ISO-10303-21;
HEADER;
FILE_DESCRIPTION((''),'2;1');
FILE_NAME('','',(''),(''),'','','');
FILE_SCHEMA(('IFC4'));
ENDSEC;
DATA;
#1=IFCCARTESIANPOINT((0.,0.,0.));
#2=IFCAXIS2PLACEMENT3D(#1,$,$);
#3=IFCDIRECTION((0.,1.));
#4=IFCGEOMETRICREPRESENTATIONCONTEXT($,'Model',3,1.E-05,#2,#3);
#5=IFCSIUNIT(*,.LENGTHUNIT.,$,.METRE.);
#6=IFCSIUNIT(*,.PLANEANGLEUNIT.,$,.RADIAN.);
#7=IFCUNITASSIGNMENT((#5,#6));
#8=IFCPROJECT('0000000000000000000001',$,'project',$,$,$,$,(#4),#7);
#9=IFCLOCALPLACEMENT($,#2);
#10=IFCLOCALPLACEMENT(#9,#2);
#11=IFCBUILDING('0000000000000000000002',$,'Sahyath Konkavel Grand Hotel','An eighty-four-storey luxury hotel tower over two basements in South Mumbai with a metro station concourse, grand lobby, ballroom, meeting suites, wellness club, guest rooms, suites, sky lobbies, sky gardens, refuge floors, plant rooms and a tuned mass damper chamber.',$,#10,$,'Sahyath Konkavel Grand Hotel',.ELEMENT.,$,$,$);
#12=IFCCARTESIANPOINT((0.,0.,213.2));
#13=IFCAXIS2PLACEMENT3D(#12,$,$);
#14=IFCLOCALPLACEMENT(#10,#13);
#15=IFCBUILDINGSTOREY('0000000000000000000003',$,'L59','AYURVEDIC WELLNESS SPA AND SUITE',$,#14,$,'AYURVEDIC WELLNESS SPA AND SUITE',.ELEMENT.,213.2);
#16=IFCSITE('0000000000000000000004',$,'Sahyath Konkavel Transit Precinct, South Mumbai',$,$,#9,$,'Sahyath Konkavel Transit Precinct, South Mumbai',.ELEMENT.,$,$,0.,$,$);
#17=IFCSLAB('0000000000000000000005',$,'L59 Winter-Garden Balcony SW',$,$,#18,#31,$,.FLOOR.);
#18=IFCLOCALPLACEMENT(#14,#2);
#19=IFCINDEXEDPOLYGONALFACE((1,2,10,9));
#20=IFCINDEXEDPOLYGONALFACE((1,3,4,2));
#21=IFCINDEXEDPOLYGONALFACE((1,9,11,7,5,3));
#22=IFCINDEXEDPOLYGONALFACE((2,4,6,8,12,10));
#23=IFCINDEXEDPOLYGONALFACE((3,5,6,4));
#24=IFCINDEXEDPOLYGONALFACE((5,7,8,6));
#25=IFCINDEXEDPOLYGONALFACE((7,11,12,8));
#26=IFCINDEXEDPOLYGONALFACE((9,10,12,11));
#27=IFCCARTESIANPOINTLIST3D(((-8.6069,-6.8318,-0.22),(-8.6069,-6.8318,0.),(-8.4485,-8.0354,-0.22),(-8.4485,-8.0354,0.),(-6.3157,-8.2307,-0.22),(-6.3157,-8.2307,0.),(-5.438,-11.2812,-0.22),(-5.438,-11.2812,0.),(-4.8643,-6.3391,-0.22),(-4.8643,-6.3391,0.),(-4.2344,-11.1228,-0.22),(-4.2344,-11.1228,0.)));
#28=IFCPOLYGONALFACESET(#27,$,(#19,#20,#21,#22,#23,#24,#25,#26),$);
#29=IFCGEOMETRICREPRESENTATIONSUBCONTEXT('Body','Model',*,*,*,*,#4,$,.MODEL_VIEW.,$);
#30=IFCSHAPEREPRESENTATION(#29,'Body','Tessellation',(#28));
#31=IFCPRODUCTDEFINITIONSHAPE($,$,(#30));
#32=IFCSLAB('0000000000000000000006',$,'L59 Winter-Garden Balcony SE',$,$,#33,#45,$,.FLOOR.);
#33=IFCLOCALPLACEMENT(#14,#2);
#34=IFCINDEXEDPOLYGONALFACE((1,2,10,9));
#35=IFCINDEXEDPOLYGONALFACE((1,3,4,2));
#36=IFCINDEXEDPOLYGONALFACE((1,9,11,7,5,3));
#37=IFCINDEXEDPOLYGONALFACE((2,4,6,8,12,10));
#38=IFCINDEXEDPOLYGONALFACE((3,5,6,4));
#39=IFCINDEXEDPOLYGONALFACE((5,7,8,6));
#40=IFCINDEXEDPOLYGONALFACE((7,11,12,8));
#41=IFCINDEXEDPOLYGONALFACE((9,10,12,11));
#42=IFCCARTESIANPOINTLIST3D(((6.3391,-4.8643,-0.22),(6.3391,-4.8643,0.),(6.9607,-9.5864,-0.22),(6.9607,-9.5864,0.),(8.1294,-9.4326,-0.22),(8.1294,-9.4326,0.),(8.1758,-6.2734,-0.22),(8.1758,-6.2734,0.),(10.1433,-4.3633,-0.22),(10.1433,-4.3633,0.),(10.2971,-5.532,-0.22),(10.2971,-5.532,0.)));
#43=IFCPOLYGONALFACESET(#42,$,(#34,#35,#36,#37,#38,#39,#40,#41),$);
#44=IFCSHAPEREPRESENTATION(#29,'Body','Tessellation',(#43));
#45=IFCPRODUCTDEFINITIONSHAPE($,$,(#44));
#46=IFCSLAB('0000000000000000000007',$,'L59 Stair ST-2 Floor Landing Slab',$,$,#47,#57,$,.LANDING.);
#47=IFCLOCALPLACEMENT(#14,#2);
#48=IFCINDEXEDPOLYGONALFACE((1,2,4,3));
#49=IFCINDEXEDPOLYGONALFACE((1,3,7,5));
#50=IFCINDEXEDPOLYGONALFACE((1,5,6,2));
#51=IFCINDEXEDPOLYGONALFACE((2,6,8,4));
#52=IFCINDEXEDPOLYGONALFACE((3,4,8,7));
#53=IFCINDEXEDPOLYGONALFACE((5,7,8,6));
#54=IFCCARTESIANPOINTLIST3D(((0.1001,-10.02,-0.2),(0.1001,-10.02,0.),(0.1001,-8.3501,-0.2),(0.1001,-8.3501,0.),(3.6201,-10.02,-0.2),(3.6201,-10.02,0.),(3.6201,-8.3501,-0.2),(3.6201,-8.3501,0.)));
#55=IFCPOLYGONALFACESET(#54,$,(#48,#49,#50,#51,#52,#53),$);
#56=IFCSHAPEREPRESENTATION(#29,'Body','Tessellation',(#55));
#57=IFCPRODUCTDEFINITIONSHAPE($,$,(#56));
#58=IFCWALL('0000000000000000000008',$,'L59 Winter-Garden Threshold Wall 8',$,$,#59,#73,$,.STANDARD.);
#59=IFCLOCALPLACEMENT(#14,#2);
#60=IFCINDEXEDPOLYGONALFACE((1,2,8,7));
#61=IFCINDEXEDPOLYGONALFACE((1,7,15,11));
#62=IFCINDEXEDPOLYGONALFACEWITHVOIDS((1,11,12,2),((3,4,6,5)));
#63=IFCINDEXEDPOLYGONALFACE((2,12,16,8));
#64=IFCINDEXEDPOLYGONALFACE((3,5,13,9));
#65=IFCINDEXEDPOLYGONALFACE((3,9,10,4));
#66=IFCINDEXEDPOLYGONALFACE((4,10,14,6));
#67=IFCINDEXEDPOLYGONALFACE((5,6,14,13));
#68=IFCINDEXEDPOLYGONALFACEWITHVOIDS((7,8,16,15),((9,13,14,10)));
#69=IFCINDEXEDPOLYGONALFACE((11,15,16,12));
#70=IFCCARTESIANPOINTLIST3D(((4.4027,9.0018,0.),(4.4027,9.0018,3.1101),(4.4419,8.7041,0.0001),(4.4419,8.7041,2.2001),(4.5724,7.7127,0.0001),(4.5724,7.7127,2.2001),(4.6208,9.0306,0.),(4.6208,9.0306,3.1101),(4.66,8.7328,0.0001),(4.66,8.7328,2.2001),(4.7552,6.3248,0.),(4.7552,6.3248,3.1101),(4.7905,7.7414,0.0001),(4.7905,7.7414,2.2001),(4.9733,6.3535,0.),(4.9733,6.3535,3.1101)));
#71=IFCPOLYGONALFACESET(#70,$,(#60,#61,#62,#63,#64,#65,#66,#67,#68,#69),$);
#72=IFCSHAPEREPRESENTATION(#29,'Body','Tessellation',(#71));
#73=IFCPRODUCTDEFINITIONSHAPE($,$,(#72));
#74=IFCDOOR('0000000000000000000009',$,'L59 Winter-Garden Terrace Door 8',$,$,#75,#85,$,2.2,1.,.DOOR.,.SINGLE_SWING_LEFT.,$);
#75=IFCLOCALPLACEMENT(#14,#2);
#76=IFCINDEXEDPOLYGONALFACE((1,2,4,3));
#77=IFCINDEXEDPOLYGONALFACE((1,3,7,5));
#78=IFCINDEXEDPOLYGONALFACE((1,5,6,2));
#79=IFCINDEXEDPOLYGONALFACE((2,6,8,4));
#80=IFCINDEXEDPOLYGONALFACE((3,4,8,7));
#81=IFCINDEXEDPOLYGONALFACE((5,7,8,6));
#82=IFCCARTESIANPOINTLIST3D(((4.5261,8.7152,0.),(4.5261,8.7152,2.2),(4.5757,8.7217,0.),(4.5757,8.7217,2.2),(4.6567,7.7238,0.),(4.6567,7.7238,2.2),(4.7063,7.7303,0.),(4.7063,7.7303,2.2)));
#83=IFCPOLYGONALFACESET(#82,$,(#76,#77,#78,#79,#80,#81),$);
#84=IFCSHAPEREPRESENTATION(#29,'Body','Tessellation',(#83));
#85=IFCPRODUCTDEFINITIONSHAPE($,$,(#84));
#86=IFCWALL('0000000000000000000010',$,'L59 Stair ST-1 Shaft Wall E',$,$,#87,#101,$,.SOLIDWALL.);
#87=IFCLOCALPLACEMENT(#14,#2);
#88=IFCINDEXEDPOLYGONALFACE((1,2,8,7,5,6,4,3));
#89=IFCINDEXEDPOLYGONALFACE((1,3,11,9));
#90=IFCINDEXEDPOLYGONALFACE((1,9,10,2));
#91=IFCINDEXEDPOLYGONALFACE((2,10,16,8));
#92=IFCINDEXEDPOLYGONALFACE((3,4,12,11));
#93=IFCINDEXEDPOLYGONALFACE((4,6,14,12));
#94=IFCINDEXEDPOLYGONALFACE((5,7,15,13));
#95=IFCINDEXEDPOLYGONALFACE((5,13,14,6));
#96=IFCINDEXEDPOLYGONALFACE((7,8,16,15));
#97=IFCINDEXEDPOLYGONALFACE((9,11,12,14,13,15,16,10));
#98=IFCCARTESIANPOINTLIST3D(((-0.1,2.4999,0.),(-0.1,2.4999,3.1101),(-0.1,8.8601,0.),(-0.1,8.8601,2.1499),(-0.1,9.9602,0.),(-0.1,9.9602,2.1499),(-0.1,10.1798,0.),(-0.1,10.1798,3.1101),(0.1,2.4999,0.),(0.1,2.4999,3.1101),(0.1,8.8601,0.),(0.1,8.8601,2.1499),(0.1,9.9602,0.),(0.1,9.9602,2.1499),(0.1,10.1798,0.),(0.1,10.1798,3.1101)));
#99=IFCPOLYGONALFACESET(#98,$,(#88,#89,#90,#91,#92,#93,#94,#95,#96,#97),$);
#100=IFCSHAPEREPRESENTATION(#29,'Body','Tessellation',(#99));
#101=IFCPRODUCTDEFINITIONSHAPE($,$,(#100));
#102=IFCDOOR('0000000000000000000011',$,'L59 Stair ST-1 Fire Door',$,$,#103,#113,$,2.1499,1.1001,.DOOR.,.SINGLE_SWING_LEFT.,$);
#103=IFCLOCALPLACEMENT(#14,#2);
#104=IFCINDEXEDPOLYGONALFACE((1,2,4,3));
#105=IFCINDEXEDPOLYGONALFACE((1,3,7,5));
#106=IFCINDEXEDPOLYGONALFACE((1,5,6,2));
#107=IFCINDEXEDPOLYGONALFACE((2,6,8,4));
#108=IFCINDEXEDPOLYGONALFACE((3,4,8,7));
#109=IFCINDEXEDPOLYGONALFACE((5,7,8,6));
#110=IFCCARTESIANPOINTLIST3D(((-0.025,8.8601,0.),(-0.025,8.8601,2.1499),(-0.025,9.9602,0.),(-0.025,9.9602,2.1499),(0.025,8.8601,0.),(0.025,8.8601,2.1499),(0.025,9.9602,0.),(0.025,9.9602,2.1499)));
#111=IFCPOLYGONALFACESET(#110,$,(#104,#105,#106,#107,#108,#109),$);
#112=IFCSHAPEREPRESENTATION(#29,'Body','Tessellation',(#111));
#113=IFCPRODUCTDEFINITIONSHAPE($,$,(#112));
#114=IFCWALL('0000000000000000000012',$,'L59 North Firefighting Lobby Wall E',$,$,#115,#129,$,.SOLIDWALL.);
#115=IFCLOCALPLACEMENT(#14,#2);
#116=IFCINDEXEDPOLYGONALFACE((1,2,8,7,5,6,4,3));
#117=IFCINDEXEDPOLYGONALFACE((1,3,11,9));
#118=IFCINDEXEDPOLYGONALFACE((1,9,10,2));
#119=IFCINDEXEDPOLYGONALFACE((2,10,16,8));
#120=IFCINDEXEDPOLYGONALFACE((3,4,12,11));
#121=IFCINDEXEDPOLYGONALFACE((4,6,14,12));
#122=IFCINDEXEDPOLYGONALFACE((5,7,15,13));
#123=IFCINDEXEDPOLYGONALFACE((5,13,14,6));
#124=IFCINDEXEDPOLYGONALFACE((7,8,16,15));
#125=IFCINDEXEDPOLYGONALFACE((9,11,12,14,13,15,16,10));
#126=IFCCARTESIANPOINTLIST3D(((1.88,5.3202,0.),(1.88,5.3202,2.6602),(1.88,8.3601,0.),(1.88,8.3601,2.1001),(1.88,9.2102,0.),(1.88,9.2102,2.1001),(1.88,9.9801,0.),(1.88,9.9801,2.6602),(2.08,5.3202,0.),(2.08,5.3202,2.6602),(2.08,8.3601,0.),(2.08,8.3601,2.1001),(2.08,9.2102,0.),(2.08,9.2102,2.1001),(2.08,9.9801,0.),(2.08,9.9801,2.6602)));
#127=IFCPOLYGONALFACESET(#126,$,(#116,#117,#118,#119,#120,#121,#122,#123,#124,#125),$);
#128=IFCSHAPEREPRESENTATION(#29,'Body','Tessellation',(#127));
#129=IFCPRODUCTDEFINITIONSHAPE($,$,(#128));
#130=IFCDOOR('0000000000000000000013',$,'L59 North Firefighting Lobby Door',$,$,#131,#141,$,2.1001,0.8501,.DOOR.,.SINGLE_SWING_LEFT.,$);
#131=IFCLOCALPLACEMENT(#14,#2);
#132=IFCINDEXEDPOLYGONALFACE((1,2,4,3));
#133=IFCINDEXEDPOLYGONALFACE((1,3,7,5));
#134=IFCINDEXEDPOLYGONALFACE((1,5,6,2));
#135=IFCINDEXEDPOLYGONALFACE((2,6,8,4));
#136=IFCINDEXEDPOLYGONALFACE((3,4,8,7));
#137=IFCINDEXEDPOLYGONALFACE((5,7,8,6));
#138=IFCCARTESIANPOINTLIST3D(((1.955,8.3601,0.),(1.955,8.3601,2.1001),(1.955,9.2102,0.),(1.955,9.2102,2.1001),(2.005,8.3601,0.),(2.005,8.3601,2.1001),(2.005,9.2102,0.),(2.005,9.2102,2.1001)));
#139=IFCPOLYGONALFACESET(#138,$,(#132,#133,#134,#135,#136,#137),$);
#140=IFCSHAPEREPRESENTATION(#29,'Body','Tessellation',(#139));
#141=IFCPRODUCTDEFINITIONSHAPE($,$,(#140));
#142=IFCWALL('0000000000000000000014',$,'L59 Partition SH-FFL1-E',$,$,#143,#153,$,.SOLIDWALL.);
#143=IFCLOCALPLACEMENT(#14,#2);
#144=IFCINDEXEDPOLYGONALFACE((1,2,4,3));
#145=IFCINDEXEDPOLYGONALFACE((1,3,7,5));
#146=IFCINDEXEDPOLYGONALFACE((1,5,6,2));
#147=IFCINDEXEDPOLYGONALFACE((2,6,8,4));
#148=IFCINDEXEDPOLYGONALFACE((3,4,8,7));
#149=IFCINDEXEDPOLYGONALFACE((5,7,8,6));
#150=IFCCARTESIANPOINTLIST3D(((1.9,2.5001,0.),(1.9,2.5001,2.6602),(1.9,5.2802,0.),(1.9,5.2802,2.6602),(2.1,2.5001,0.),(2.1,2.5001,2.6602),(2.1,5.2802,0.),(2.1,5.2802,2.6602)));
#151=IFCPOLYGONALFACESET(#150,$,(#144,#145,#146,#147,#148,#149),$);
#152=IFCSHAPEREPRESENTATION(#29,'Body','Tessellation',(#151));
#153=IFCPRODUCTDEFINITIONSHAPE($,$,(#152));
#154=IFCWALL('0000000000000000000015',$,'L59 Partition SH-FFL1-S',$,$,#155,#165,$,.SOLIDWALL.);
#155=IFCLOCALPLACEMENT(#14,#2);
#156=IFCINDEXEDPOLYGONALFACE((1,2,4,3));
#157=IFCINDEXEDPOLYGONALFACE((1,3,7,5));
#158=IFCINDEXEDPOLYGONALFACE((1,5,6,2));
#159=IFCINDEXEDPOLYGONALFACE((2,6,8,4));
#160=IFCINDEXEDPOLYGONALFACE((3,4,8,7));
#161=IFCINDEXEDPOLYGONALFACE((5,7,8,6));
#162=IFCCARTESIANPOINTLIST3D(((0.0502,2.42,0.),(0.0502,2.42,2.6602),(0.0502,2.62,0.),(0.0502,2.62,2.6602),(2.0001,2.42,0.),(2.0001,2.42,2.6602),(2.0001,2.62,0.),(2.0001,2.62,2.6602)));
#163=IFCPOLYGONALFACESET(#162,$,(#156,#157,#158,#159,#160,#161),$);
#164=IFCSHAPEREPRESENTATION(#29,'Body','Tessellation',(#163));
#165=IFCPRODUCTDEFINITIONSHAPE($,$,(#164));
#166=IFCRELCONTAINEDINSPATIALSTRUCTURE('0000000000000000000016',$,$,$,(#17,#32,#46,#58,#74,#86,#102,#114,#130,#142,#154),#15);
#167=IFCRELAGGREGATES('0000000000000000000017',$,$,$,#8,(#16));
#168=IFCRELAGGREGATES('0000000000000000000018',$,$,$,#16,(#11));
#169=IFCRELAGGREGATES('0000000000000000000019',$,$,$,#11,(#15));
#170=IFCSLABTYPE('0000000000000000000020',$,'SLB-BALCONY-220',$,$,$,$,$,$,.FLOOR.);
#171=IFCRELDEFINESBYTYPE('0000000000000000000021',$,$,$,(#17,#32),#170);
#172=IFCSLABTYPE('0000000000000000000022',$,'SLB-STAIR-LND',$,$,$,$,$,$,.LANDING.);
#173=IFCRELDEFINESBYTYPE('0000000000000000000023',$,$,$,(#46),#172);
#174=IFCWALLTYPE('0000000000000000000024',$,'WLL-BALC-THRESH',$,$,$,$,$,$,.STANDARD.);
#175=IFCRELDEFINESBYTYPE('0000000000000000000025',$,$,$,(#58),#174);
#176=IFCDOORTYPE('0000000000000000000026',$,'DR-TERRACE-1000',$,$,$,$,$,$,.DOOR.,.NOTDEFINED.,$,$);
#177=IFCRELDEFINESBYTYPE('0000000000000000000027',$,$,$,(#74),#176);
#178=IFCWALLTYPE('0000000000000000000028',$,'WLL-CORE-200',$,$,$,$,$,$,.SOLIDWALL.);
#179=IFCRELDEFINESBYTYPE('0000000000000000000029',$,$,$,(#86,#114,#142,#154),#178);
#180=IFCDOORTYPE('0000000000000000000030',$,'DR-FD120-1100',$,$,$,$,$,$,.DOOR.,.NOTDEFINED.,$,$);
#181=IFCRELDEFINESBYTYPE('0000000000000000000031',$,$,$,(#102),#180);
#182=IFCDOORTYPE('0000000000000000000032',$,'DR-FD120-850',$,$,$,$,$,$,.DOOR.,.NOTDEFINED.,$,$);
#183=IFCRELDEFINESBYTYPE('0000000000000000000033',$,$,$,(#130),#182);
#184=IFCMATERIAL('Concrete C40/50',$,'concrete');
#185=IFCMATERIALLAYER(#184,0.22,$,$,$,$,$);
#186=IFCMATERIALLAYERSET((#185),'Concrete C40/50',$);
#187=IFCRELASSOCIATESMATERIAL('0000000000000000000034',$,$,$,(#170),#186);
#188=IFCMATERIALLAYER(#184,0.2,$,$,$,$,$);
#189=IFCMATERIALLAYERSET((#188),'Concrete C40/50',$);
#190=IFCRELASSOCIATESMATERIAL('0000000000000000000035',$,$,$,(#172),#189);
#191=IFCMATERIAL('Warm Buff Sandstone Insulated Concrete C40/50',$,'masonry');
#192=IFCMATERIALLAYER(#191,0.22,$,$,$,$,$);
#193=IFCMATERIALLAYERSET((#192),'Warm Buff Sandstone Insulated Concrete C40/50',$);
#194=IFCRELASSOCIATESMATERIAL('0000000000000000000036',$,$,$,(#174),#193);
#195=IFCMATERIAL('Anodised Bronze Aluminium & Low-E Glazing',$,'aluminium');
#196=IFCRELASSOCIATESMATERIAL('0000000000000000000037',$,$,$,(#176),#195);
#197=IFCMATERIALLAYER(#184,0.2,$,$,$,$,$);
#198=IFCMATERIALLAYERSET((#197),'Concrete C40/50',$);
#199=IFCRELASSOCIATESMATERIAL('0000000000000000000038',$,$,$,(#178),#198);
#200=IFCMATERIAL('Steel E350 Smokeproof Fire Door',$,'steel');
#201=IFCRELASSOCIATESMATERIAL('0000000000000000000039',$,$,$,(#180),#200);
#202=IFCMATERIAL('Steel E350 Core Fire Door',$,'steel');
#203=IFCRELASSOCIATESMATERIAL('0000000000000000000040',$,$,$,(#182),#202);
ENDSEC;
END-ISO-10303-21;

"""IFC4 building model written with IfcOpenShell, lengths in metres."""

from ifc_helpers import new_model, si_unit, direction, frame, frame_2d, origin, origin_2d, place, context, subcontext, project, spatial, polyline, rectangle, outline, extrude, source, transform, mapped, material, layer, layer_set, type_object, element, fill, save


model = new_model("IFC4")

# Units and contexts
model_context = context("Model", 3, precision=1e-05, world=origin(), true_north=direction((0.0, 1.0)))
body_context = subcontext(model_context, "Body", "Model", "MODEL_VIEW")
ifc_project = project(units=[si_unit("LENGTHUNIT", "METRE"), si_unit("PLANEANGLEUNIT", "RADIAN")], contexts=[model_context])

# Site, building, storey
site_placement = place(None, origin())
site = spatial("IfcSite", under=ifc_project, at=site_placement, Name="Sahyath Konkavel Transit Precinct, South Mumbai", LongName="Sahyath Konkavel Transit Precinct, South Mumbai", CompositionType="ELEMENT", RefElevation=0.0)
building_placement = place(site_placement, origin())
building = spatial("IfcBuilding", under=site, at=building_placement, Name="Sahyath Konkavel Grand Hotel", Description="An eighty-four-storey luxury hotel tower over two basements in South Mumbai with a metro station concourse, grand lobby, ballroom, meeting suites, wellness club, guest rooms, suites, sky lobbies, sky gardens, refuge floors, plant rooms and a tuned mass damper chamber.", LongName="Sahyath Konkavel Grand Hotel", CompositionType="ELEMENT")
storey_placement = place(building_placement, frame((0.0, 0.0, 213.2)))
storey = spatial("IfcBuildingStorey", under=building, at=storey_placement, Name="L59", Description="AYURVEDIC WELLNESS SPA AND SUITE", LongName="AYURVEDIC WELLNESS SPA AND SUITE", CompositionType="ELEMENT", Elevation=213.2)

# Shared definitions
ifc_material_1 = material(Name="Concrete C40/50", Category="concrete")

# Shared definitions
ifc_material_2 = material(Name="Anodised Bronze Aluminium & Low-E Glazing", Category="aluminium")

# Slabs
ifc_layer_1 = layer(ifc_material_1, 0.22)
ifc_layer_set_1 = layer_set([ifc_layer_1], Name="Concrete C40/50")
slab_type_1 = type_object("IfcSlabType", Name="SLB-BALCONY-220", PredefinedType="FLOOR", material=ifc_layer_set_1)
slab_1_placement = place(storey_placement, frame((0.0, 0.0, -0.22)))
element("IfcSlab", 1, at=slab_1_placement, inside=storey, type_object=slab_type_1, Name="L59 Winter-Garden Balcony SW", PredefinedType="FLOOR", context=body_context, shape_type="SweptSolid", body=[
    extrude(outline(polyline([(-4.8643, -6.3391), (-8.6069, -6.8318), (-8.4485, -8.0354), (-6.3157, -8.2307), (-5.438, -11.2812), (-4.2344, -11.1228), (-4.8643, -6.3391)])), origin(), (0.0, 0.0, 1.0), 0.22),
])
slab_2_placement = place(storey_placement, frame((0.0, 0.0, -0.22)))
element("IfcSlab", 2, at=slab_2_placement, inside=storey, type_object=slab_type_1, Name="L59 Winter-Garden Balcony SE", PredefinedType="FLOOR", context=body_context, shape_type="SweptSolid", body=[
    extrude(outline(polyline([(6.3391, -4.8643), (6.9607, -9.5864), (8.1294, -9.4326), (8.1758, -6.2734), (10.2971, -5.532), (10.1433, -4.3633), (6.3391, -4.8643)])), origin(), (0.0, 0.0, 1.0), 0.22),
])
ifc_layer_2 = layer(ifc_material_1, 0.2)
ifc_layer_set_2 = layer_set([ifc_layer_2], Name="Concrete C40/50")
slab_type_2 = type_object("IfcSlabType", Name="SLB-STAIR-LND", PredefinedType="LANDING", material=ifc_layer_set_2)
slab_3_placement = place(storey_placement, frame((0.0, 0.0, -0.2)))
element("IfcSlab", 3, at=slab_3_placement, inside=storey, type_object=slab_type_2, Name="L59 Stair ST-2 Floor Landing Slab", PredefinedType="LANDING", context=body_context, shape_type="SweptSolid", body=[
    extrude(outline(polyline([(0.1001, -10.02), (3.6201, -10.02), (3.6201, -8.3501), (0.1001, -8.3501), (0.1001, -10.02)])), origin(), (0.0, 0.0, 1.0), 0.2),
])

# Walls, openings, doors
ifc_material_3 = material(Name="Warm Buff Sandstone Insulated Concrete C40/50", Category="masonry")
ifc_layer_3 = layer(ifc_material_3, 0.22)
ifc_layer_set_3 = layer_set([ifc_layer_3], Name="Warm Buff Sandstone Insulated Concrete C40/50")
wall_type_1 = type_object("IfcWallType", Name="WLL-BALC-THRESH", PredefinedType="STANDARD", material=ifc_layer_set_3)
wall_1_placement = place(storey_placement, frame((4.8643, 6.3391, 0.0), z_axis=(0.0, 0.0, 1.0), x_axis=(-0.130564, 0.99144, 0.0)))
wall_1 = element("IfcWall", 4, at=wall_1_placement, inside=storey, type_object=wall_type_1, Name="L59 Winter-Garden Threshold Wall 8", PredefinedType="STANDARD", context=body_context, shape_type="SweptSolid", body=[
    extrude(rectangle(XDim=2.7002, YDim=0.22, at=frame_2d((1.3501, 0.0))), origin(), (0.0, 0.0, 1.0), 3.1101),
])
opening_1_placement = place(wall_1_placement, frame((1.3999, 0.0, 0.0)))
opening_1 = element("IfcOpeningElement", 5, at=opening_1_placement, cuts=wall_1, PredefinedType="OPENING", context=body_context, shape_type="SweptSolid", body=[
    extrude(rectangle(XDim=1.0, YDim=2.2, at=frame_2d((0.5, 1.1001))), frame((0.0, 0.1201, 0.0), z_axis=(0.0, -1.0, 0.0), x_axis=(1.0, 0.0, 0.0)), (0.0, 0.0, 1.0), 0.24),
])
door_type_1 = type_object("IfcDoorType", Name="DR-TERRACE-1000", OperationType="NOTDEFINED", PredefinedType="DOOR", material=ifc_material_2)
shared_shape_1 = source(origin(), body_context, "Body", "SweptSolid", [
    extrude(rectangle(XDim=1.0, YDim=0.05, at=origin_2d()), origin(), (0.0, 0.0, 1.0), 2.2),
])
door_1_placement = place(opening_1_placement, frame((0.5, 0.0, 0.0)))
door_1 = element("IfcDoor", 6, at=door_1_placement, inside=storey, type_object=door_type_1, Name="L59 Winter-Garden Terrace Door 8", OperationType="SINGLE_SWING_LEFT", OverallHeight=2.2, OverallWidth=1.0, PredefinedType="DOOR", context=body_context, shape_type="MappedRepresentation", body=[
    mapped(shared_shape_1, transform((0.0, 0.0, 0.0), scale=1.0)),
])
fill(opening_1, door_1)
ifc_layer_4 = layer(ifc_material_1, 0.2)
ifc_layer_set_4 = layer_set([ifc_layer_4], Name="Concrete C40/50")
wall_type_2 = type_object("IfcWallType", Name="WLL-CORE-200", PredefinedType="SOLIDWALL", material=ifc_layer_set_4)
wall_2_placement = place(storey_placement, frame((0.0, 2.5, 0.0), z_axis=(0.0, 0.0, 1.0), x_axis=(0.0, 1.0, 0.0)))
wall_2 = element("IfcWall", 7, at=wall_2_placement, inside=storey, type_object=wall_type_2, Name="L59 Stair ST-1 Shaft Wall E", PredefinedType="SOLIDWALL", context=body_context, shape_type="SweptSolid", body=[
    extrude(rectangle(XDim=7.6799, YDim=0.2, at=frame_2d((3.8398, 0.0))), origin(), (0.0, 0.0, 1.0), 3.1101),
])
opening_2_placement = place(wall_2_placement, frame((6.3601, 0.0, 0.0)))
opening_2 = element("IfcOpeningElement", 8, at=opening_2_placement, cuts=wall_2, PredefinedType="OPENING", context=body_context, shape_type="SweptSolid", body=[
    extrude(rectangle(XDim=1.1001, YDim=2.1499, at=frame_2d((0.55, 1.075))), frame((0.0, 0.1099, 0.0), z_axis=(0.0, -1.0, 0.0), x_axis=(1.0, 0.0, 0.0)), (0.0, 0.0, 1.0), 0.22),
])
ifc_material_4 = material(Name="Steel E350 Smokeproof Fire Door", Category="steel")
door_type_2 = type_object("IfcDoorType", Name="DR-FD120-1100", OperationType="NOTDEFINED", PredefinedType="DOOR", material=ifc_material_4)
shared_shape_2 = source(origin(), body_context, "Body", "SweptSolid", [
    extrude(rectangle(XDim=1.1001, YDim=0.05, at=origin_2d()), origin(), (0.0, 0.0, 1.0), 2.1499),
])
door_2_placement = place(opening_2_placement, frame((0.55, 0.0, 0.0)))
door_2 = element("IfcDoor", 9, at=door_2_placement, inside=storey, type_object=door_type_2, Name="L59 Stair ST-1 Fire Door", OperationType="SINGLE_SWING_LEFT", OverallHeight=2.1499, OverallWidth=1.1001, PredefinedType="DOOR", context=body_context, shape_type="MappedRepresentation", body=[
    mapped(shared_shape_2, transform((0.0, 0.0, 0.0), scale=1.0)),
])
fill(opening_2, door_2)
wall_3_placement = place(storey_placement, frame((1.98, 5.3201, 0.0), z_axis=(0.0, 0.0, 1.0), x_axis=(0.0, 1.0, 0.0)))
wall_3 = element("IfcWall", 10, at=wall_3_placement, inside=storey, type_object=wall_type_2, Name="L59 North Firefighting Lobby Wall E", PredefinedType="SOLIDWALL", context=body_context, shape_type="SweptSolid", body=[
    extrude(rectangle(XDim=4.6599, YDim=0.2, at=frame_2d((2.3301, 0.0))), origin(), (0.0, 0.0, 1.0), 2.6602),
])
opening_3_placement = place(wall_3_placement, frame((3.04, 0.0, 0.0)))
opening_3 = element("IfcOpeningElement", 11, at=opening_3_placement, cuts=wall_3, PredefinedType="OPENING", context=body_context, shape_type="SweptSolid", body=[
    extrude(rectangle(XDim=0.8501, YDim=2.1001, at=frame_2d((0.425, 1.05))), frame((0.0, 0.1099, 0.0), z_axis=(0.0, -1.0, 0.0), x_axis=(1.0, 0.0, 0.0)), (0.0, 0.0, 1.0), 0.22),
])
ifc_material_5 = material(Name="Steel E350 Core Fire Door", Category="steel")
door_type_3 = type_object("IfcDoorType", Name="DR-FD120-850", OperationType="NOTDEFINED", PredefinedType="DOOR", material=ifc_material_5)
shared_shape_3 = source(origin(), body_context, "Body", "SweptSolid", [
    extrude(rectangle(XDim=0.8501, YDim=0.05, at=origin_2d()), origin(), (0.0, 0.0, 1.0), 2.1001),
])
door_3_placement = place(opening_3_placement, frame((0.425, 0.0, 0.0)))
door_3 = element("IfcDoor", 12, at=door_3_placement, inside=storey, type_object=door_type_3, Name="L59 North Firefighting Lobby Door", OperationType="SINGLE_SWING_LEFT", OverallHeight=2.1001, OverallWidth=0.8501, PredefinedType="DOOR", context=body_context, shape_type="MappedRepresentation", body=[
    mapped(shared_shape_3, transform((0.0, 0.0, 0.0), scale=1.0)),
])
fill(opening_3, door_3)

# Walls
wall_4_placement = place(storey_placement, frame((2.0, 2.5, 0.0), z_axis=(0.0, 0.0, 1.0), x_axis=(0.0, 1.0, 0.0)))
element("IfcWall", 13, at=wall_4_placement, inside=storey, type_object=wall_type_2, Name="L59 Partition SH-FFL1-E", PredefinedType="SOLIDWALL", context=body_context, shape_type="SweptSolid", body=[
    extrude(rectangle(XDim=2.78, YDim=0.2, at=frame_2d((1.3901, 0.0))), origin(), (0.0, 0.0, 1.0), 2.6602),
])
wall_5_placement = place(storey_placement, frame((0.05, 2.52, 0.0), z_axis=(0.0, 0.0, 1.0), x_axis=(1.0, 0.0, 0.0)))
element("IfcWall", 14, at=wall_5_placement, inside=storey, type_object=wall_type_2, Name="L59 Partition SH-FFL1-S", PredefinedType="SOLIDWALL", context=body_context, shape_type="SweptSolid", body=[
    extrude(rectangle(XDim=1.95, YDim=0.2, at=frame_2d((0.9751, 0.0))), origin(), (0.0, 0.0, 1.0), 2.6602),
])

save(model, "model.ifc")
